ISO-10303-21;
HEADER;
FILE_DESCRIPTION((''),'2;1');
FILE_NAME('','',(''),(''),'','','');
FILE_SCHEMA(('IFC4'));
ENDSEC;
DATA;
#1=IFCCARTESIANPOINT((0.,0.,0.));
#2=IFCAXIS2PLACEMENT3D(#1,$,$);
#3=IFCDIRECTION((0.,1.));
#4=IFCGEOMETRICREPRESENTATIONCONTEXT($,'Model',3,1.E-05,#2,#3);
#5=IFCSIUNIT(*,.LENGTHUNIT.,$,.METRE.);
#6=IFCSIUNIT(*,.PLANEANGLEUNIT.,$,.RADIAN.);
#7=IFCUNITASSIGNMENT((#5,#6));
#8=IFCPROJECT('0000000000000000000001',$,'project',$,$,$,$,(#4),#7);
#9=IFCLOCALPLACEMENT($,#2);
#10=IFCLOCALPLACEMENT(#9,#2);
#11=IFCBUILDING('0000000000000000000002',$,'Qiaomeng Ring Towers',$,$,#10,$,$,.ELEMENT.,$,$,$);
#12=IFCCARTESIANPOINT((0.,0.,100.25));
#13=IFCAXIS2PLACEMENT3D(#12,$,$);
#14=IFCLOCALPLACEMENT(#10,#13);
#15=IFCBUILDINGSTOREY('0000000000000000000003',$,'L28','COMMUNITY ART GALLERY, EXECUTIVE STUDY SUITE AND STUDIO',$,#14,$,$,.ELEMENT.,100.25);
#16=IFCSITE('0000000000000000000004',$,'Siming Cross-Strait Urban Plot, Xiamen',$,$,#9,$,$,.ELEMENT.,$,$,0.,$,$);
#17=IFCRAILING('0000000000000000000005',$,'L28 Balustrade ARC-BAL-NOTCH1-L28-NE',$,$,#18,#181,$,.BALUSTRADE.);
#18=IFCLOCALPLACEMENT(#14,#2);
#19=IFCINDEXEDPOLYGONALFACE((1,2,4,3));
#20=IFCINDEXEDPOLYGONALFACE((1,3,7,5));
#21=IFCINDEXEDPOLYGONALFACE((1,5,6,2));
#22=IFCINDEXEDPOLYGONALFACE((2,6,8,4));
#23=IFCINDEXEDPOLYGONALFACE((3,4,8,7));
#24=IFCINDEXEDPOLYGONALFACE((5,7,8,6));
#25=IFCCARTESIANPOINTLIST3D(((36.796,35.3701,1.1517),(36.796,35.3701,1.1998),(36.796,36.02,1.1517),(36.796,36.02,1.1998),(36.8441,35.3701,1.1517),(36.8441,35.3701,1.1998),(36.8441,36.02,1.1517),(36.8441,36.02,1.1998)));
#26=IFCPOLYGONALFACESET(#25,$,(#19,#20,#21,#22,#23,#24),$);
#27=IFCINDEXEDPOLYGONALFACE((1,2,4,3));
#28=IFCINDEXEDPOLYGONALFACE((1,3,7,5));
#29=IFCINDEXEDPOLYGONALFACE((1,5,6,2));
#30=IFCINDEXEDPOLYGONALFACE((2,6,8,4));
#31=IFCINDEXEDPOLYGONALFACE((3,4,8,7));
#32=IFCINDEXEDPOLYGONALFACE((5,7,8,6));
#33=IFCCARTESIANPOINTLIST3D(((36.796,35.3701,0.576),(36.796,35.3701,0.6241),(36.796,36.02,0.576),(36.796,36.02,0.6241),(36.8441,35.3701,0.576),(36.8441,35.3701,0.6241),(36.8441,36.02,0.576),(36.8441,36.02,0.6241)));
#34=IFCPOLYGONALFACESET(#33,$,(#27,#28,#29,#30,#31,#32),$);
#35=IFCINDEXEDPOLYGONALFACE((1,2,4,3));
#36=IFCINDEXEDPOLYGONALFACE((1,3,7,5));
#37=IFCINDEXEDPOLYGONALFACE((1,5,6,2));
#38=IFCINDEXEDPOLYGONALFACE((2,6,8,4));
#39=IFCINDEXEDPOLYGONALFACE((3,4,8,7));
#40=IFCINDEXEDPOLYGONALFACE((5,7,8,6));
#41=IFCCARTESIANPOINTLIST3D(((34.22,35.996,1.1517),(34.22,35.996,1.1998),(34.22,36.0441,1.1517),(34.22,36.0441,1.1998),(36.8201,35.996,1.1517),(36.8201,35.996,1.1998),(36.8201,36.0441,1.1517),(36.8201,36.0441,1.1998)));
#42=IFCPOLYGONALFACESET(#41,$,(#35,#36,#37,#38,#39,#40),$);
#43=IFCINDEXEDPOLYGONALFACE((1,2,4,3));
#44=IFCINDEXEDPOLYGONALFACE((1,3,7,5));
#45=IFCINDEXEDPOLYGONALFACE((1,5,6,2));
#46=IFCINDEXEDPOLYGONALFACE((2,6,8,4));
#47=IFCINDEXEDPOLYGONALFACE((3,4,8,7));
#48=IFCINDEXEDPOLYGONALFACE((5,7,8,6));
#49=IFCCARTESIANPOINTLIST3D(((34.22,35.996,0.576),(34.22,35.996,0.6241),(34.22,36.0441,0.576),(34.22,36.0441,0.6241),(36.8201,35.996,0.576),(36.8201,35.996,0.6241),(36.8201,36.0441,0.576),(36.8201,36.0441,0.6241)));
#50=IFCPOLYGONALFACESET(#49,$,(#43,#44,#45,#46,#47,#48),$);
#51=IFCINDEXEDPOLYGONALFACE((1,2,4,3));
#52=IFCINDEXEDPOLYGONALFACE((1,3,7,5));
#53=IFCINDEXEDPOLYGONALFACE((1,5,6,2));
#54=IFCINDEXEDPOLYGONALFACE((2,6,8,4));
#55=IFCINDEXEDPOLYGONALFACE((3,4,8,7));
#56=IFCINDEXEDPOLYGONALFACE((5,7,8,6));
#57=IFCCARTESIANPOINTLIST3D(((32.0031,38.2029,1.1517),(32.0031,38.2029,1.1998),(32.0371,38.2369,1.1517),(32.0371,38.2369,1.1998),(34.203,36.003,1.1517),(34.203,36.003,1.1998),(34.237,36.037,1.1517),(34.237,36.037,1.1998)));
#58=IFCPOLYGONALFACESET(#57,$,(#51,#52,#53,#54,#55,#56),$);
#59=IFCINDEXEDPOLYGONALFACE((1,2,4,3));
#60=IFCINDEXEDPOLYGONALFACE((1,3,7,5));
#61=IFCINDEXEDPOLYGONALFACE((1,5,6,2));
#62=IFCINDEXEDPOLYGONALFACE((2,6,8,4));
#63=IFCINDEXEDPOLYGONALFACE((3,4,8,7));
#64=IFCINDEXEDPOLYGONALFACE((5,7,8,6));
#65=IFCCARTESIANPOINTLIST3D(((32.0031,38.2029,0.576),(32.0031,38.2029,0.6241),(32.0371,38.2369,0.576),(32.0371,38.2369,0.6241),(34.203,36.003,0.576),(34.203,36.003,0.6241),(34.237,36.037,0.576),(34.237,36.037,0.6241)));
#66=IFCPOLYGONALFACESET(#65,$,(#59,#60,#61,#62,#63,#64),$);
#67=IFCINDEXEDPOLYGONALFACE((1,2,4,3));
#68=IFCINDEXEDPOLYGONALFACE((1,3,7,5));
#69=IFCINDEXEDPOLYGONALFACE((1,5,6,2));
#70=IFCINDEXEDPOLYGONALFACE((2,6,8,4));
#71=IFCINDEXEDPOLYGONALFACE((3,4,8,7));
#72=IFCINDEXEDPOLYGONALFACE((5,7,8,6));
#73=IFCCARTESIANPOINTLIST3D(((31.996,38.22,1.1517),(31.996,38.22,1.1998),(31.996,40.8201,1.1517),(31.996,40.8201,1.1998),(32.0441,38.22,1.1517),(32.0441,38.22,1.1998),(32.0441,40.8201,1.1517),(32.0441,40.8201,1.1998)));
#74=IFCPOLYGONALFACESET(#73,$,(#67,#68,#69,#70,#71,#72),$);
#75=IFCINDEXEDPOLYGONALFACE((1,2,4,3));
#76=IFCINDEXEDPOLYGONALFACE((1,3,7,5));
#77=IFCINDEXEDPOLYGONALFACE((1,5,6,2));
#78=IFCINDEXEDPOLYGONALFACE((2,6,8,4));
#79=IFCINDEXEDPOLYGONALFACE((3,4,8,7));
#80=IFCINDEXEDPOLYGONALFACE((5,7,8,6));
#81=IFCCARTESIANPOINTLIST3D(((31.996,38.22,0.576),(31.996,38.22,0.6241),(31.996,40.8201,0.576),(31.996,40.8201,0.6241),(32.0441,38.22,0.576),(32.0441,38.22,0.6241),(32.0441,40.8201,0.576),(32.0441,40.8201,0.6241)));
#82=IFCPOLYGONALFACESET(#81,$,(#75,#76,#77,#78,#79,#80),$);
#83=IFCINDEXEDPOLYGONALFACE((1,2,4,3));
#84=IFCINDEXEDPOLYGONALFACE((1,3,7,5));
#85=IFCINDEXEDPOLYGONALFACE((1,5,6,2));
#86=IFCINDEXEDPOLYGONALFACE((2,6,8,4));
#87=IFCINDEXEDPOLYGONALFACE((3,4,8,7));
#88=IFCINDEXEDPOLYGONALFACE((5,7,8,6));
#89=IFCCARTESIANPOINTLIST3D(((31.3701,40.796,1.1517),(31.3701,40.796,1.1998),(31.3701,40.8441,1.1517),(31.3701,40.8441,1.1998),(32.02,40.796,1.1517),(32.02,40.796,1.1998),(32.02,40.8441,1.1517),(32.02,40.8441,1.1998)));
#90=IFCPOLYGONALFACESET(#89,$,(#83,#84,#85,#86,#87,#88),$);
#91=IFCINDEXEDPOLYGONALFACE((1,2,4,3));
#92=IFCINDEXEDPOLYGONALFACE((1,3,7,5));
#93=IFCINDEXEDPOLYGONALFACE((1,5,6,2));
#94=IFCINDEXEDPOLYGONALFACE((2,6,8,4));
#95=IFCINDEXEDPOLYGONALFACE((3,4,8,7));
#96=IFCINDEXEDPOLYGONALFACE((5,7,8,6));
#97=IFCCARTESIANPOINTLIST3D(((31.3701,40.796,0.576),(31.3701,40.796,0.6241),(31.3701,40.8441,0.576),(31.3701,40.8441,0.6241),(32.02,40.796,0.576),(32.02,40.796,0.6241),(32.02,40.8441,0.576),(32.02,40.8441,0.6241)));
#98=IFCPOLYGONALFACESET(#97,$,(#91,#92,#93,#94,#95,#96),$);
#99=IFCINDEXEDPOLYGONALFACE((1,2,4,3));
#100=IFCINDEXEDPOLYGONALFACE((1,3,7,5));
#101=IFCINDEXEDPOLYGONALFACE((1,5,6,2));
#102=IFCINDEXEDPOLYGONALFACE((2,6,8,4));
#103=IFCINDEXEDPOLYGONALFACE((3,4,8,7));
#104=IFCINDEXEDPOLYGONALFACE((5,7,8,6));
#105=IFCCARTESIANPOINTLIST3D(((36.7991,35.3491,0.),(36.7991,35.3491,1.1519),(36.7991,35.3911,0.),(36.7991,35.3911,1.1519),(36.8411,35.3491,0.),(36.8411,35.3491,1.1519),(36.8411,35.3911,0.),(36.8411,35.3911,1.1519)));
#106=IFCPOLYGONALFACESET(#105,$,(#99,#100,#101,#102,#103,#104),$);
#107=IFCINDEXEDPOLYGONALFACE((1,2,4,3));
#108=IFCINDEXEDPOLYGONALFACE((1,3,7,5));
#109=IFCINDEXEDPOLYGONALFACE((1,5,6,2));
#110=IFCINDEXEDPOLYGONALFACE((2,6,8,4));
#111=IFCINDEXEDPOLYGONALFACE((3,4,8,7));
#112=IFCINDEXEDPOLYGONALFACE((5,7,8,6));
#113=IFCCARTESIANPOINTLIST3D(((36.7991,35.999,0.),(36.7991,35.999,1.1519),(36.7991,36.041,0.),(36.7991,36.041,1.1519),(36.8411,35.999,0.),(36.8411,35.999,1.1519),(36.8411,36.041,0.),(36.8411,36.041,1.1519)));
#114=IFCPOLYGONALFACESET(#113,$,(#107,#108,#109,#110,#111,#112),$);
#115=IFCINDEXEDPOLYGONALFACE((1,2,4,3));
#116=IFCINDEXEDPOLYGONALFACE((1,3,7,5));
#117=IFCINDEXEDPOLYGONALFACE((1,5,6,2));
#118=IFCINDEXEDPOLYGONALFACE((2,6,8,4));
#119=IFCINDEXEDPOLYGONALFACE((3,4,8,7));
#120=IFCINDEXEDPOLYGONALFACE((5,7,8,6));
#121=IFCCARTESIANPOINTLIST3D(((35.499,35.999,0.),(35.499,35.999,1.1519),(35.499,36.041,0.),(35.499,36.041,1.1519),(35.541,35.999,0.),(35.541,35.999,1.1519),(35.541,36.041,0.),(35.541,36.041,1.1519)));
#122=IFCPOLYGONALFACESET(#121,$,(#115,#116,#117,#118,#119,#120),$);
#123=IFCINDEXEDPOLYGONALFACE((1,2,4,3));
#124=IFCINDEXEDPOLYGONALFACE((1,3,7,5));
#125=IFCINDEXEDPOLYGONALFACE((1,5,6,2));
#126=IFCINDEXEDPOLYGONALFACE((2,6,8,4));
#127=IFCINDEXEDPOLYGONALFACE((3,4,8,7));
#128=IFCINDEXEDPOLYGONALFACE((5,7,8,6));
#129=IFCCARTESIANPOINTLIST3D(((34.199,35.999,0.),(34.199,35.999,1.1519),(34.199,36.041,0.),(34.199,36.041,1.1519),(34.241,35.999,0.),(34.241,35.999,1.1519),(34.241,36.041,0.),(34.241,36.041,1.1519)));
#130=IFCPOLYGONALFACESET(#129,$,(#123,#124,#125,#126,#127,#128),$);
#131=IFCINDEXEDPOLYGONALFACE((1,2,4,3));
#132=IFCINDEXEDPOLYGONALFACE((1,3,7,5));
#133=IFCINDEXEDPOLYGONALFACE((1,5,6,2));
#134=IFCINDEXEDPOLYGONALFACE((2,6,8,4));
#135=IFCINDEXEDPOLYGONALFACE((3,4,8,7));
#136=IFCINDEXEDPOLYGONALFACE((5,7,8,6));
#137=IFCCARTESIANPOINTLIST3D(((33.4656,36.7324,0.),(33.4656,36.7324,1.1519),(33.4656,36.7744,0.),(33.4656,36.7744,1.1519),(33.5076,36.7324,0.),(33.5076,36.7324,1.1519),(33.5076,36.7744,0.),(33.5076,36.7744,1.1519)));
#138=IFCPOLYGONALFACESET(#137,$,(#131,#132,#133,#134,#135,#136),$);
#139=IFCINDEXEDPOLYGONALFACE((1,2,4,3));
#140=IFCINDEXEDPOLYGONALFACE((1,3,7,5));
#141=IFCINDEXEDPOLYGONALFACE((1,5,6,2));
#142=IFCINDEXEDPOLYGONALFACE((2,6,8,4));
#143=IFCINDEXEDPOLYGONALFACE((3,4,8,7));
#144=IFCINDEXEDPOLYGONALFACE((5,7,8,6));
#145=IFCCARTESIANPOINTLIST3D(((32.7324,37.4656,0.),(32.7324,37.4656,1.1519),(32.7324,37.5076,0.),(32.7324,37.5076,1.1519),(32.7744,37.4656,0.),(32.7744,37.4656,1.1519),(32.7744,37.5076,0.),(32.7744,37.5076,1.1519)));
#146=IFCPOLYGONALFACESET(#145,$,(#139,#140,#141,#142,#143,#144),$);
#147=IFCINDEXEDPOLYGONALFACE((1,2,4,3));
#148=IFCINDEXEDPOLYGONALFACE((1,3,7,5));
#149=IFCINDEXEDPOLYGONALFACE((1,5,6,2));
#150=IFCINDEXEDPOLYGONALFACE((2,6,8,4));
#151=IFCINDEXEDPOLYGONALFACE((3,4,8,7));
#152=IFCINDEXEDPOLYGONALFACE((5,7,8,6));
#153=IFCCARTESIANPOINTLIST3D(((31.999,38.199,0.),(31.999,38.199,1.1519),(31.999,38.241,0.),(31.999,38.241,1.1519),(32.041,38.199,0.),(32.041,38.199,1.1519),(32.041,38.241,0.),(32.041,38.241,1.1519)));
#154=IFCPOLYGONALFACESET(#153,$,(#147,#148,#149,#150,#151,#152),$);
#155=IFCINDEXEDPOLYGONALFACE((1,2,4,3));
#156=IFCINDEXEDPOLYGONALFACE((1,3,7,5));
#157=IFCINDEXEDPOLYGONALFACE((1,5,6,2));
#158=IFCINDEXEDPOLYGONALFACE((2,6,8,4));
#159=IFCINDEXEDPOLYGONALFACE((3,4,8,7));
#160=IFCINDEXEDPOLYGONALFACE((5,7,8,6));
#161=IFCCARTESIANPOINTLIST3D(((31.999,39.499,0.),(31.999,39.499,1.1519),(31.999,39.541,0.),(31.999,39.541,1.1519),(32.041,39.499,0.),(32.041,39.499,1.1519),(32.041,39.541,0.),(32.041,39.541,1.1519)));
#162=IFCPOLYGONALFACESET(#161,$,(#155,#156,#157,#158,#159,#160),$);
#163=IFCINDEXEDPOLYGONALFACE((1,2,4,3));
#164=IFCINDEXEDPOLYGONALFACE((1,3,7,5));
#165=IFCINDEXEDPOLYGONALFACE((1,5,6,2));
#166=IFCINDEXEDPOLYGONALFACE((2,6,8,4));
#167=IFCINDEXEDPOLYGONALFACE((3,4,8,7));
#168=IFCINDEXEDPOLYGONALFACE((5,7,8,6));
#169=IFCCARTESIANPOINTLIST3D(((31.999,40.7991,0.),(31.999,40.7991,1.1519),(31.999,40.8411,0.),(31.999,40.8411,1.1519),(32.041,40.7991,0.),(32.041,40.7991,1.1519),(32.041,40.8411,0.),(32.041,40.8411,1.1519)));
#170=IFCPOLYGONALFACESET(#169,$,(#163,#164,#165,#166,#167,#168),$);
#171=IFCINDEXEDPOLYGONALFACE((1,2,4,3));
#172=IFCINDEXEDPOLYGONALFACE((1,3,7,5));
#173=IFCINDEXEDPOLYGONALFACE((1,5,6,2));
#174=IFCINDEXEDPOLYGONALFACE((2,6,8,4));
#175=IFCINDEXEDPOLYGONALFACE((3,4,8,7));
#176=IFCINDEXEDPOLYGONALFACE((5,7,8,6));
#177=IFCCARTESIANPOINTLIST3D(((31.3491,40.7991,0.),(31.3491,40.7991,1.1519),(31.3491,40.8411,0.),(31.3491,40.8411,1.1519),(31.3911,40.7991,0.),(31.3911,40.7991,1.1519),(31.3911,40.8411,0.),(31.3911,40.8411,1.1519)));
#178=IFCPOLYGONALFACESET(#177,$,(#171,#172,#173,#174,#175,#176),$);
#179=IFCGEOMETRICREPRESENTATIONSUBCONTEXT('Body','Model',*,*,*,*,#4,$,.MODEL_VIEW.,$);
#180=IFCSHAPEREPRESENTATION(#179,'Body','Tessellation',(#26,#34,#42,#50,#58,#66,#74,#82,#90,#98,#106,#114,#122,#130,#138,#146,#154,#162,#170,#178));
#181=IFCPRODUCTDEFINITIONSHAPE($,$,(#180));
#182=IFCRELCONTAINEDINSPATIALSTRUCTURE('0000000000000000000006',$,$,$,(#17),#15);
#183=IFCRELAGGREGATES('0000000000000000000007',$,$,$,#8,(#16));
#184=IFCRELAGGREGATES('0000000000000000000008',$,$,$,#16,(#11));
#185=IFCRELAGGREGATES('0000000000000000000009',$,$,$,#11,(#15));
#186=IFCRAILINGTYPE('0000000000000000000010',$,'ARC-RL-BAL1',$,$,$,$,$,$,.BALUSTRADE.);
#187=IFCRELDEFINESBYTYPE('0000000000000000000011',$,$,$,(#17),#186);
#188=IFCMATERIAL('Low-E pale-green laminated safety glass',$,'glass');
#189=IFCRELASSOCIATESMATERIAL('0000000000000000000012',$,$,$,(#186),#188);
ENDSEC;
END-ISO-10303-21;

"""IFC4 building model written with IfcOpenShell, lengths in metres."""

from ifc_helpers import new_model, si_unit, direction, frame, origin, origin_2d, place, context, subcontext, project, spatial, rectangle, extrude, material, type_object, element, save


model = new_model("IFC4")

# Units and contexts
model_context = context("Model", 3, precision=1e-05, world=origin(), true_north=direction((0.0, 1.0)))
body_context = subcontext(model_context, "Body", "Model", "MODEL_VIEW")
ifc_project = project(units=[si_unit("LENGTHUNIT", "METRE"), si_unit("PLANEANGLEUNIT", "RADIAN")], contexts=[model_context])

# Site, building, storey
site_placement = place(None, origin())
site = spatial("IfcSite", under=ifc_project, at=site_placement, Name="Siming Cross-Strait Urban Plot, Xiamen", CompositionType="ELEMENT", RefElevation=0.0)
building_placement = place(site_placement, origin())
building = spatial("IfcBuilding", under=site, at=building_placement, Name="Qiaomeng Ring Towers", CompositionType="ELEMENT")
storey_placement = place(building_placement, frame((0.0, 0.0, 100.25)))
storey = spatial("IfcBuildingStorey", under=building, at=storey_placement, Name="L28", Description="COMMUNITY ART GALLERY, EXECUTIVE STUDY SUITE AND STUDIO", CompositionType="ELEMENT", Elevation=100.25)

# Railing
ifc_material_1 = material(Name="Low-E pale-green laminated safety glass", Category="glass")
railing_type = type_object("IfcRailingType", Name="ARC-RL-BAL1", PredefinedType="BALUSTRADE", material=ifc_material_1)
railing_placement = place(storey_placement, frame((36.8201, 35.3701, 0.0)))
element("IfcRailing", 1, at=railing_placement, inside=storey, type_object=railing_type, Name="L28 Balustrade ARC-BAL-NOTCH1-L28-NE", PredefinedType="BALUSTRADE", context=body_context, shape_type="SweptSolid", body=[
    extrude(rectangle(XDim=0.0481, YDim=0.0481, at=origin_2d()), frame((0.0, 0.0, 1.1758), z_axis=(0.0, 1.0, 0.0), x_axis=(-1.0, 0.0, 0.0)), (0.0, 0.0, 1.0), 0.6499),
    extrude(rectangle(XDim=0.0481, YDim=0.0481, at=origin_2d()), frame((0.0, 0.0, 0.6001), z_axis=(0.0, 1.0, 0.0), x_axis=(-1.0, 0.0, 0.0)), (0.0, 0.0, 1.0), 0.6499),
    extrude(rectangle(XDim=0.0481, YDim=0.0481, at=origin_2d()), frame((0.0, 0.6499, 1.1758), z_axis=(-1.0, 0.0, 0.0), x_axis=(0.0, -1.0, 0.0)), (0.0, 0.0, 1.0), 2.6001),
    extrude(rectangle(XDim=0.0481, YDim=0.0481, at=origin_2d()), frame((0.0, 0.6499, 0.6001), z_axis=(-1.0, 0.0, 0.0), x_axis=(0.0, -1.0, 0.0)), (0.0, 0.0, 1.0), 2.6001),
    extrude(rectangle(XDim=0.0481, YDim=0.0481, at=origin_2d()), frame((-2.6001, 0.6499, 1.1758), z_axis=(-0.707107, 0.707107, 0.0), x_axis=(-0.707107, -0.707107, 0.0)), (0.0, 0.0, 1.0), 3.1111),
    extrude(rectangle(XDim=0.0481, YDim=0.0481, at=origin_2d()), frame((-2.6001, 0.6499, 0.6001), z_axis=(-0.707107, 0.707107, 0.0), x_axis=(-0.707107, -0.707107, 0.0)), (0.0, 0.0, 1.0), 3.1111),
    extrude(rectangle(XDim=0.0481, YDim=0.0481, at=origin_2d()), frame((-4.8, 2.8499, 1.1758), z_axis=(0.0, 1.0, 0.0), x_axis=(-1.0, 0.0, 0.0)), (0.0, 0.0, 1.0), 2.6001),
    extrude(rectangle(XDim=0.0481, YDim=0.0481, at=origin_2d()), frame((-4.8, 2.8499, 0.6001), z_axis=(0.0, 1.0, 0.0), x_axis=(-1.0, 0.0, 0.0)), (0.0, 0.0, 1.0), 2.6001),
    extrude(rectangle(XDim=0.0481, YDim=0.0481, at=origin_2d()), frame((-4.8, 5.45, 1.1758), z_axis=(-1.0, 0.0, 0.0), x_axis=(0.0, -1.0, 0.0)), (0.0, 0.0, 1.0), 0.6499),
    extrude(rectangle(XDim=0.0481, YDim=0.0481, at=origin_2d()), frame((-4.8, 5.45, 0.6001), z_axis=(-1.0, 0.0, 0.0), x_axis=(0.0, -1.0, 0.0)), (0.0, 0.0, 1.0), 0.6499),
    extrude(rectangle(XDim=0.042, YDim=0.042, at=origin_2d()), origin(), (0.0, 0.0, 1.0), 1.1519),
    extrude(rectangle(XDim=0.042, YDim=0.042, at=origin_2d()), frame((0.0, 0.6499, 0.0)), (0.0, 0.0, 1.0), 1.1519),
    extrude(rectangle(XDim=0.042, YDim=0.042, at=origin_2d()), frame((-1.3, 0.6499, 0.0)), (0.0, 0.0, 1.0), 1.1519),
    extrude(rectangle(XDim=0.042, YDim=0.042, at=origin_2d()), frame((-2.6001, 0.6499, 0.0)), (0.0, 0.0, 1.0), 1.1519),
    extrude(rectangle(XDim=0.042, YDim=0.042, at=origin_2d()), frame((-3.3335, 1.3833, 0.0)), (0.0, 0.0, 1.0), 1.1519),
    extrude(rectangle(XDim=0.042, YDim=0.042, at=origin_2d()), frame((-4.0667, 2.1165, 0.0)), (0.0, 0.0, 1.0), 1.1519),
    extrude(rectangle(XDim=0.042, YDim=0.042, at=origin_2d()), frame((-4.8, 2.8499, 0.0)), (0.0, 0.0, 1.0), 1.1519),
    extrude(rectangle(XDim=0.042, YDim=0.042, at=origin_2d()), frame((-4.8, 4.1499, 0.0)), (0.0, 0.0, 1.0), 1.1519),
    extrude(rectangle(XDim=0.042, YDim=0.042, at=origin_2d()), frame((-4.8, 5.45, 0.0)), (0.0, 0.0, 1.0), 1.1519),
    extrude(rectangle(XDim=0.042, YDim=0.042, at=origin_2d()), frame((-5.45, 5.45, 0.0)), (0.0, 0.0, 1.0), 1.1519),
])

save(model, "model.ifc")
